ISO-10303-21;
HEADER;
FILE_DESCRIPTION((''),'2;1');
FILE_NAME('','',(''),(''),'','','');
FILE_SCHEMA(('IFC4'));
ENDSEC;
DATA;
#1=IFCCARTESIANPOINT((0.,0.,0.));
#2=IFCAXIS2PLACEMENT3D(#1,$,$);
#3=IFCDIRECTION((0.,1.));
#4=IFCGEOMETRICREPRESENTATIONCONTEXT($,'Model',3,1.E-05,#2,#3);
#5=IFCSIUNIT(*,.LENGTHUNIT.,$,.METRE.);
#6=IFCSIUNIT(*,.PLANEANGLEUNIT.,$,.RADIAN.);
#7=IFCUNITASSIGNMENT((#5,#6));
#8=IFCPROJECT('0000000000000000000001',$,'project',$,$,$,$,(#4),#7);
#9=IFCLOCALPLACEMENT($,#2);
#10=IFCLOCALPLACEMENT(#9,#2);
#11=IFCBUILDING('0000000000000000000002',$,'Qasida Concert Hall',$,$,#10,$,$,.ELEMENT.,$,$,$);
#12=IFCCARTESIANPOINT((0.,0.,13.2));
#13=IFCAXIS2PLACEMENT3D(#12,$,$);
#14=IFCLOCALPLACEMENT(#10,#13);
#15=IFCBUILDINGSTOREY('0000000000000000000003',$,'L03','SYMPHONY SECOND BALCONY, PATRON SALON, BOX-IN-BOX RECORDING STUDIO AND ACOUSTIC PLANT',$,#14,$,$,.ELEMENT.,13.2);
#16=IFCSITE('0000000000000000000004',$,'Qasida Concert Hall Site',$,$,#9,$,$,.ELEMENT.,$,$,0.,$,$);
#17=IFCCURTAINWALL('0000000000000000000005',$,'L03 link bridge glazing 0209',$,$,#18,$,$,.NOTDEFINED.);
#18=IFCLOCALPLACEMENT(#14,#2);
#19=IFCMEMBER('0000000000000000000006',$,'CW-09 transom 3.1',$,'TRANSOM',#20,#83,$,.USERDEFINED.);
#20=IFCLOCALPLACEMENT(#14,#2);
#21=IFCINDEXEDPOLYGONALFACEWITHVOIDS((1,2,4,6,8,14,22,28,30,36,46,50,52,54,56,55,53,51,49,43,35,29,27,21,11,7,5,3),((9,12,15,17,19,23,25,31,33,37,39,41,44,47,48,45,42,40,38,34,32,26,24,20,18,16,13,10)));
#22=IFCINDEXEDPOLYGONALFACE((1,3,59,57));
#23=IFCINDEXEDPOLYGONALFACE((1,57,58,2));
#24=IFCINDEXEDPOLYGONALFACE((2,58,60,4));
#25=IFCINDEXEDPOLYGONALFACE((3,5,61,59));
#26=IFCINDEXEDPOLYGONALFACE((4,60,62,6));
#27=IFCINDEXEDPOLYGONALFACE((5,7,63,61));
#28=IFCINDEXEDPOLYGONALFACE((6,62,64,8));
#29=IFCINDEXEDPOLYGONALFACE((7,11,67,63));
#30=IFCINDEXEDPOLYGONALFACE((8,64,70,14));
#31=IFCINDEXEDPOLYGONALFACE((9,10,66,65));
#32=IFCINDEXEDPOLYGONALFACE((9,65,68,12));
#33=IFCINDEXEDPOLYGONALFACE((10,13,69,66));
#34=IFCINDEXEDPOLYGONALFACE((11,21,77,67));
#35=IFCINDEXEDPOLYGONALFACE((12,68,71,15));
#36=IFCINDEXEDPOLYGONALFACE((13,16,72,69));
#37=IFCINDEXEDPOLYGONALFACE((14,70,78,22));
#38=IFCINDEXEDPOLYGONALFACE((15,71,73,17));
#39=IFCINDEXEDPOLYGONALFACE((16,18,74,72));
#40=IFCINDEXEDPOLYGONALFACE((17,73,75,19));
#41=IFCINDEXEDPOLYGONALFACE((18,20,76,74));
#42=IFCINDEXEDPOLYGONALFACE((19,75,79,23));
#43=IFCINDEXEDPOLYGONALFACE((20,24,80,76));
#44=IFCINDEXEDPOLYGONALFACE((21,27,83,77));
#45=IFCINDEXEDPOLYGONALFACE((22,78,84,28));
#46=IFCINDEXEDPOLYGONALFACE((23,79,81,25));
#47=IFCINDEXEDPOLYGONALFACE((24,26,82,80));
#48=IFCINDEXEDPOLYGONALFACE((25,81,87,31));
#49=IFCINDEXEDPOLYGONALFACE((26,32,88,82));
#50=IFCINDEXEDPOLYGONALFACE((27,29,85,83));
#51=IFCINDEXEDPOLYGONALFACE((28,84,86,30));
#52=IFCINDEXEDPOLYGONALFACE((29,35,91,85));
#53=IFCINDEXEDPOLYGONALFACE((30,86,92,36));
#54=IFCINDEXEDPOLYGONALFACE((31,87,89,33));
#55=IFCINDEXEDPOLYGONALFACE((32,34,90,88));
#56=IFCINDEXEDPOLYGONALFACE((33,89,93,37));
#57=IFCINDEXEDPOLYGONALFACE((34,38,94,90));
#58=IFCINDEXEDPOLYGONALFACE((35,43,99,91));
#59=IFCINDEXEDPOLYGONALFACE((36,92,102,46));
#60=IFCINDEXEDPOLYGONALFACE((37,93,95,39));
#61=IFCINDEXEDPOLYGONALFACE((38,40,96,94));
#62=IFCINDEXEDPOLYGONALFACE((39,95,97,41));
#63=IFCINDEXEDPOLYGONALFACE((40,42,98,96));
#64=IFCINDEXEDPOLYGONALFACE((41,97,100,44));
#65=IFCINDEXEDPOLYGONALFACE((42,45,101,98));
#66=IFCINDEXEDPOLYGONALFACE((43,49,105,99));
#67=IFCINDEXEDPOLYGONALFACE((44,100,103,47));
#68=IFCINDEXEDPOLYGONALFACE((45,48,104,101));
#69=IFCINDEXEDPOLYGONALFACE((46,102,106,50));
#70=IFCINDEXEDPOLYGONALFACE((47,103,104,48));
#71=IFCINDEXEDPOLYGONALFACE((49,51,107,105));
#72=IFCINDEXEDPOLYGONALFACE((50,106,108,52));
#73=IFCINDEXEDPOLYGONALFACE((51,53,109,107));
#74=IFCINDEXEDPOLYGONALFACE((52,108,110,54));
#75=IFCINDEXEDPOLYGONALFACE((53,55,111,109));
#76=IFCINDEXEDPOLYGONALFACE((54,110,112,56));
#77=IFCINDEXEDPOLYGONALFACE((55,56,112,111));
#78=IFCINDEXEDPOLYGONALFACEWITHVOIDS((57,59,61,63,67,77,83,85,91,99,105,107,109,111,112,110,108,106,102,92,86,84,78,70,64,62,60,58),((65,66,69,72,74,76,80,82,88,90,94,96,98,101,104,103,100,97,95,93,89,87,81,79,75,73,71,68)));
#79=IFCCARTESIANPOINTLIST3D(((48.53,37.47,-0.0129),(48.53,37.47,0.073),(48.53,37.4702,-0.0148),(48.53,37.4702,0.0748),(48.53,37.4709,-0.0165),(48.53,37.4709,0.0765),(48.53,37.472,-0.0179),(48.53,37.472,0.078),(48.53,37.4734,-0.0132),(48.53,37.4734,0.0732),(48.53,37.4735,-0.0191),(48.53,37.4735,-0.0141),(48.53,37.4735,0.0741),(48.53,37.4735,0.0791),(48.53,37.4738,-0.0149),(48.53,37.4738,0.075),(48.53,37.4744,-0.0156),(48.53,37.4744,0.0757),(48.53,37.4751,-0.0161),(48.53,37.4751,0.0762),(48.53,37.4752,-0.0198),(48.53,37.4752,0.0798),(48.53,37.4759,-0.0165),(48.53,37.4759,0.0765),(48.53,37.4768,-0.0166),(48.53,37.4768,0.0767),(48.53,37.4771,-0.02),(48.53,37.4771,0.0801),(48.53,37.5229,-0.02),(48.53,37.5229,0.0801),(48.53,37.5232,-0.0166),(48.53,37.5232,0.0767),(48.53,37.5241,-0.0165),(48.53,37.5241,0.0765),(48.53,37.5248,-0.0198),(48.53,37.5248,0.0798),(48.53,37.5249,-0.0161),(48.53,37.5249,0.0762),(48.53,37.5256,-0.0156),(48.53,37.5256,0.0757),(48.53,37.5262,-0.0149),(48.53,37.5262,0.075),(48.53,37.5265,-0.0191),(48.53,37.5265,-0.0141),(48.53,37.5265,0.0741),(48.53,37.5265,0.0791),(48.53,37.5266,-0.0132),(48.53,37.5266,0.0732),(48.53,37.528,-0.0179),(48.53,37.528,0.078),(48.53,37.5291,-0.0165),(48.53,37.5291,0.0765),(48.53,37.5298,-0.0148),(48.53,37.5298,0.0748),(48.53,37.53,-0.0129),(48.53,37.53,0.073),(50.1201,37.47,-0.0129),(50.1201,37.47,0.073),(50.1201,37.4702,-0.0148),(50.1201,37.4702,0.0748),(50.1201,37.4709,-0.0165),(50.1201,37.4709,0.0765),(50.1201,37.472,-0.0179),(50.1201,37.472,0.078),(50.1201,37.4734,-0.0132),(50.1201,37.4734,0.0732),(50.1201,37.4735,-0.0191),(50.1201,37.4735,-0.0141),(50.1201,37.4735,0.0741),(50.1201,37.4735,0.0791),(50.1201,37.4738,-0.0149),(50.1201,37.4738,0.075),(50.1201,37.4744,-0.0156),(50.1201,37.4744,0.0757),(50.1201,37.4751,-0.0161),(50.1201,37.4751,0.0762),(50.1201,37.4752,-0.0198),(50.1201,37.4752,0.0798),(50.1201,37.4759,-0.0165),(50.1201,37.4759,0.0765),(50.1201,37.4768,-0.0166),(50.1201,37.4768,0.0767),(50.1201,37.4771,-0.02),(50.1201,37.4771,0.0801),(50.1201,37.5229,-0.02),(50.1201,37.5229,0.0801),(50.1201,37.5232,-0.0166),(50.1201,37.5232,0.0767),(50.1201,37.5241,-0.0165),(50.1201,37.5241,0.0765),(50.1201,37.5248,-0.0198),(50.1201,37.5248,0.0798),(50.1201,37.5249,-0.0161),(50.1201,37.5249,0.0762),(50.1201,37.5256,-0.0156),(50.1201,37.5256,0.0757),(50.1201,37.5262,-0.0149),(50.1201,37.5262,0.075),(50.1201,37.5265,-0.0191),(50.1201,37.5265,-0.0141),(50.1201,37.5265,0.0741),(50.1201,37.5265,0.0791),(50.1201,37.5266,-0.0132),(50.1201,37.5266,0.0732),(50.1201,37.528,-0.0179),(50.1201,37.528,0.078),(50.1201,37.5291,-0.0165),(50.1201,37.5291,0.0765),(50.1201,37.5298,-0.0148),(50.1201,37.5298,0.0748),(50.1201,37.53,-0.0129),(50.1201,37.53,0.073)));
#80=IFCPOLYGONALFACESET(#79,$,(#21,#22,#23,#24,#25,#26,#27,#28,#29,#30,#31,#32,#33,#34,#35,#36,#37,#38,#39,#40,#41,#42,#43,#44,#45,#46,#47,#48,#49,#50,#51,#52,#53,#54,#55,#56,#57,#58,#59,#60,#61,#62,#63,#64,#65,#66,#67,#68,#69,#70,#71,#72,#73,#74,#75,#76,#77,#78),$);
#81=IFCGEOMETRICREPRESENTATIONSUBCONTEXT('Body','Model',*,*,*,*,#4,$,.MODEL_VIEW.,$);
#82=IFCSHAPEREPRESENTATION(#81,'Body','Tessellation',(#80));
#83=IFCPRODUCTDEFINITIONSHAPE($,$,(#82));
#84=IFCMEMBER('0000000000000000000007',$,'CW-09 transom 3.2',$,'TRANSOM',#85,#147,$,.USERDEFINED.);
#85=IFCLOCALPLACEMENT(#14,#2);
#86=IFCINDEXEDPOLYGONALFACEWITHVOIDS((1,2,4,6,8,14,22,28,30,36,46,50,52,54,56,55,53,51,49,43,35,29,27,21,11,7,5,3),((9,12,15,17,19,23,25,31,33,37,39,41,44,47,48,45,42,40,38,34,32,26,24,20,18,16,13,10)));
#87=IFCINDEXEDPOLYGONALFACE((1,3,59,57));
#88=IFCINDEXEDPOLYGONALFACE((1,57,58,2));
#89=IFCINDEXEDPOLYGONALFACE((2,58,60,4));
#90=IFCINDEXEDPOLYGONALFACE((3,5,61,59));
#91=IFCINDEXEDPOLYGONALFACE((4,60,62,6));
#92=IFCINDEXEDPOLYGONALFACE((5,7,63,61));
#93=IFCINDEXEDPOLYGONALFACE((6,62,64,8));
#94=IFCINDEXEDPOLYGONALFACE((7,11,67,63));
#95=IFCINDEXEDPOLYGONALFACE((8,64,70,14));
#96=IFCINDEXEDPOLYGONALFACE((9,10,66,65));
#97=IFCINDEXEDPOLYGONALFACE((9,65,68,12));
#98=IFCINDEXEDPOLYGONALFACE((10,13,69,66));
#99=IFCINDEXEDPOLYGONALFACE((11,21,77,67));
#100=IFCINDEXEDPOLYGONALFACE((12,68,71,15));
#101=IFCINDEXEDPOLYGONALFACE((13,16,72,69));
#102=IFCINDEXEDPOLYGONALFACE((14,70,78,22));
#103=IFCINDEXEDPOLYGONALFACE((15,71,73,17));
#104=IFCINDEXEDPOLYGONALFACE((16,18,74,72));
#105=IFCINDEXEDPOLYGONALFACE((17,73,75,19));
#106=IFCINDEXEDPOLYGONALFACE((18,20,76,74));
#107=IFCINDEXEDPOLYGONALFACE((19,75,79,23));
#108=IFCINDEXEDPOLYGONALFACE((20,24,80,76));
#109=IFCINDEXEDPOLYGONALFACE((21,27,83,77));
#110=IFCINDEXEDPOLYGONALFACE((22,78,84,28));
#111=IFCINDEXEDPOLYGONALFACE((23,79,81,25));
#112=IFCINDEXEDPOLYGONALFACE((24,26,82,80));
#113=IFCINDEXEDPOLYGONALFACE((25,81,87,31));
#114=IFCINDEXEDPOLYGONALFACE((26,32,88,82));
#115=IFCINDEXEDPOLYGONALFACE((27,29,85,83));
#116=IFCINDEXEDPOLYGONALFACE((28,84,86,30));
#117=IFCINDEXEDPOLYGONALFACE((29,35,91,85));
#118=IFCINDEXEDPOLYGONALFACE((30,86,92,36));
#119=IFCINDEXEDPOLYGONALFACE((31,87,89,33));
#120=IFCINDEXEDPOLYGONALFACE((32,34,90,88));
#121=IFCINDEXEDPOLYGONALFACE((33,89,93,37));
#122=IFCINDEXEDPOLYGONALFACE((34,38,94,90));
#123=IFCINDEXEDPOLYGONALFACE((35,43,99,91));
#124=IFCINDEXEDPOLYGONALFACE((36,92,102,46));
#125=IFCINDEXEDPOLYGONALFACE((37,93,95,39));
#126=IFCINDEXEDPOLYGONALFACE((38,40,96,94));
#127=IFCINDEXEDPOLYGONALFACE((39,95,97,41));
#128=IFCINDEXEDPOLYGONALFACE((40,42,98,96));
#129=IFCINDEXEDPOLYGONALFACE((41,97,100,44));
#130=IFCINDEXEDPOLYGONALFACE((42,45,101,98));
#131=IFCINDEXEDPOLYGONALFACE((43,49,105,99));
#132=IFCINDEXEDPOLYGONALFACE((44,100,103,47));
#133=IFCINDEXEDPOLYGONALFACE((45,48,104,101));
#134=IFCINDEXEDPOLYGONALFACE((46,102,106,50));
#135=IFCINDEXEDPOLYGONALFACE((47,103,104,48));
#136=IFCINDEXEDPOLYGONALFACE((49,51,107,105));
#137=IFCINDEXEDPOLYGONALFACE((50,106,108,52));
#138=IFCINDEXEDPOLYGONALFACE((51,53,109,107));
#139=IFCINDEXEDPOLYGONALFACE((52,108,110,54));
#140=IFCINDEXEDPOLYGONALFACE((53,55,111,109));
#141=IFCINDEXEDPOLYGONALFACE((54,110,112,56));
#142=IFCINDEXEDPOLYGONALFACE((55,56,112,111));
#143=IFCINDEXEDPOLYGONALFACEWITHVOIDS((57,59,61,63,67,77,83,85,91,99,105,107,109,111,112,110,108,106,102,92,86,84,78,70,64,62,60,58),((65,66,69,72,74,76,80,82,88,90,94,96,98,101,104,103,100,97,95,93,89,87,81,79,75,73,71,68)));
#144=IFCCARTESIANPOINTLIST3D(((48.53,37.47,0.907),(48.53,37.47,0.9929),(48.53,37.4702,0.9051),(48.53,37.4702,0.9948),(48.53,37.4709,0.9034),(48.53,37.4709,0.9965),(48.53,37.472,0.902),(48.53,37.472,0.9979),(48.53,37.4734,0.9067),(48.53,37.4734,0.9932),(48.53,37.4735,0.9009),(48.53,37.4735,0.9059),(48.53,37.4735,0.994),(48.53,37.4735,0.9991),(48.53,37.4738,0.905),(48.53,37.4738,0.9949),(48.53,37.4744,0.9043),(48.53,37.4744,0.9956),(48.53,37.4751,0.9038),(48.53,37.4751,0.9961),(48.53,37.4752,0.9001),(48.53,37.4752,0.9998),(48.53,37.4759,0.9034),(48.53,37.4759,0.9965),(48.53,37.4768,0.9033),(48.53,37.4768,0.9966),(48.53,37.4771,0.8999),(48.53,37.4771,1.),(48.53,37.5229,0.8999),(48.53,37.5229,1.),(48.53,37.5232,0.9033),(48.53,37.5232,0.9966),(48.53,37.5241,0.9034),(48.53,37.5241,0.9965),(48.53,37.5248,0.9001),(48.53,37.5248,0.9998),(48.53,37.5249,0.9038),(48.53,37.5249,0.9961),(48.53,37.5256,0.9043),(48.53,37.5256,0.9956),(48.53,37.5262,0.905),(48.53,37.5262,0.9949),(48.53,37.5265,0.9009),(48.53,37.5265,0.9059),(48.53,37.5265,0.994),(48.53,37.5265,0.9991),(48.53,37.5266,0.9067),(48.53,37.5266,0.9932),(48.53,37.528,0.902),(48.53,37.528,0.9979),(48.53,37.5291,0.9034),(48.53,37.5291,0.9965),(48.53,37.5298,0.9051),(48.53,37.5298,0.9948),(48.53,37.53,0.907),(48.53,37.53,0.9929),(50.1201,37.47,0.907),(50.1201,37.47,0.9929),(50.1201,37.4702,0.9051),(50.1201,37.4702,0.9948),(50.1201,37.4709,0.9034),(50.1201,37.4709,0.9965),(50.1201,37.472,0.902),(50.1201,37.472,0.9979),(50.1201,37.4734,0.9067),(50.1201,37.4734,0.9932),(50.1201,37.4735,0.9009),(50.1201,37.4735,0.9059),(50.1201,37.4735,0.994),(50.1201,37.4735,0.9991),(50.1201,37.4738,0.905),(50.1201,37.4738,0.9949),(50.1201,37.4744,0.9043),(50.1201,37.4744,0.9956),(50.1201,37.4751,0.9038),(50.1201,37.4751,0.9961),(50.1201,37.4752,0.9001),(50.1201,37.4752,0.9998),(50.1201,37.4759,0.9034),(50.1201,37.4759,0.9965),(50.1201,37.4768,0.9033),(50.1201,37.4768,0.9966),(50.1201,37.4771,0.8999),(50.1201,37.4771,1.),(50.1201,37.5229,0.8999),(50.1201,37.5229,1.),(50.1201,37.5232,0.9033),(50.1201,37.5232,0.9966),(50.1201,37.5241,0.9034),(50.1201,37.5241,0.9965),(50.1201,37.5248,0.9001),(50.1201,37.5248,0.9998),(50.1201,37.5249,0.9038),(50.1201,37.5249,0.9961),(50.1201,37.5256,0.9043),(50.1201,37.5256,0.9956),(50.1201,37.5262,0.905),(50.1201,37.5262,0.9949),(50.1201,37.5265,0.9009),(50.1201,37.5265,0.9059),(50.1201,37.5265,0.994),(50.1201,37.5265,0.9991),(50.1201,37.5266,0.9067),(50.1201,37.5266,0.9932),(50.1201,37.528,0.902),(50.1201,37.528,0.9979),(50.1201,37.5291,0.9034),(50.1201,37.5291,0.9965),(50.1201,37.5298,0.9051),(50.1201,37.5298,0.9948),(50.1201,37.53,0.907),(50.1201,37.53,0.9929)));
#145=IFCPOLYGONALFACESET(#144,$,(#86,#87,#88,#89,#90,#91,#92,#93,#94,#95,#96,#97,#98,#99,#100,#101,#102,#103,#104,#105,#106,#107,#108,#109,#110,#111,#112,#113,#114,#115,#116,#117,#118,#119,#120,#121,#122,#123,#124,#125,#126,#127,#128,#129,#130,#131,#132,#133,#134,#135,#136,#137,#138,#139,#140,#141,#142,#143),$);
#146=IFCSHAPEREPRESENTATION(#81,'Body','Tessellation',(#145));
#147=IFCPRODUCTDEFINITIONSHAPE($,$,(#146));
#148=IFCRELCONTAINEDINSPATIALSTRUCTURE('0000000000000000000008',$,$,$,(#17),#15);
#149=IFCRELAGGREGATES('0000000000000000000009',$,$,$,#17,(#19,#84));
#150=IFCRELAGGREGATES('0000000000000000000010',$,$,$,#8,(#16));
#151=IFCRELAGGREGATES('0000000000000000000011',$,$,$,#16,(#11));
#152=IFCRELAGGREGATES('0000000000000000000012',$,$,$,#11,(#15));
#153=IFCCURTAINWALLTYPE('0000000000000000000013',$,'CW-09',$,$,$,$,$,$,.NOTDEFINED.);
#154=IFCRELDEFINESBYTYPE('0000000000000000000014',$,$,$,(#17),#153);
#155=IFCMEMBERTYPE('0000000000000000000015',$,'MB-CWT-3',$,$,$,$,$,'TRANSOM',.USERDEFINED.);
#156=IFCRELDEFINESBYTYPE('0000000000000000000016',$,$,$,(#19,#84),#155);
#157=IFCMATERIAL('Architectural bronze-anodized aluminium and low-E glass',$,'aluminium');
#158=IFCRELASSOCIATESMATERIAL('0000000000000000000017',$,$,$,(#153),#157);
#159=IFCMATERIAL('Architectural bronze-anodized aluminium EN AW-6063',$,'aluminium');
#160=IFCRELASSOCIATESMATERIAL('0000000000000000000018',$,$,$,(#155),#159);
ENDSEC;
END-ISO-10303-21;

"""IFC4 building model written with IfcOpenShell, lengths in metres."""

from ifc_helpers import new_model, si_unit, direction, frame, origin, origin_2d, place, context, subcontext, project, spatial, hollow_rectangle, extrude, material, material_profile, profile_set, type_object, element, aggregate, save


model = new_model("IFC4")

# Units and contexts
model_context = context("Model", 3, precision=1e-05, world=origin(), true_north=direction((0.0, 1.0)))
body_context = subcontext(model_context, "Body", "Model", "MODEL_VIEW")
ifc_project = project(units=[si_unit("LENGTHUNIT", "METRE"), si_unit("PLANEANGLEUNIT", "RADIAN")], contexts=[model_context])

# Site, building, storey
site_placement = place(None, origin())
site = spatial("IfcSite", under=ifc_project, at=site_placement, Name="Qasida Concert Hall Site", CompositionType="ELEMENT", RefElevation=0.0)
building_placement = place(site_placement, origin())
building = spatial("IfcBuilding", under=site, at=building_placement, Name="Qasida Concert Hall", CompositionType="ELEMENT")
storey_placement = place(building_placement, frame((0.0, 0.0, 13.2)))
storey = spatial("IfcBuildingStorey", under=building, at=storey_placement, Name="L03", Description="SYMPHONY SECOND BALCONY, PATRON SALON, BOX-IN-BOX RECORDING STUDIO AND ACOUSTIC PLANT", CompositionType="ELEMENT", Elevation=13.2)

# Curtain wall, members
ifc_material_1 = material(Name="Architectural bronze-anodized aluminium and low-E glass", Category="aluminium")
curtain_wall_type = type_object("IfcCurtainWallType", Name="CW-09", PredefinedType="NOTDEFINED", material=ifc_material_1)
curtain_wall_placement = place(storey_placement, origin())
curtain_wall = element("IfcCurtainWall", 1, at=curtain_wall_placement, inside=storey, type_object=curtain_wall_type, Name="L03 link bridge glazing 0209", PredefinedType="NOTDEFINED")
ifc_material_2 = material(Name="Architectural bronze-anodized aluminium EN AW-6063", Category="aluminium")
ifc_material_profile_1 = material_profile(ifc_material_2, hollow_rectangle(XDim=0.0601, YDim=0.1001, WallThickness=0.0034, InnerFilletRadius=0.0034, OuterFilletRadius=0.0071, at=origin_2d()), Name="CWT 100x60x3.5")
ifc_profile_set_1 = profile_set([ifc_material_profile_1], Name="Architectural bronze-anodized aluminium EN AW-6063")
member_type_1 = type_object("IfcMemberType", Name="MB-CWT-3", ElementType="TRANSOM", PredefinedType="USERDEFINED", material=ifc_profile_set_1)
member_1_placement = place(storey_placement, frame((48.53, 37.5, 0.03), z_axis=(1.0, 0.0, 0.0), x_axis=(0.0, 1.0, 0.0)))
member_1 = element("IfcMember", 2, at=member_1_placement, type_object=member_type_1, Name="CW-09 transom 3.1", ObjectType="TRANSOM", PredefinedType="USERDEFINED", context=body_context, shape_type="SweptSolid", body=[
    extrude(hollow_rectangle(XDim=0.0601, YDim=0.1001, WallThickness=0.0034, InnerFilletRadius=0.0034, OuterFilletRadius=0.0071, at=origin_2d()), origin(), (0.0, 0.0, 1.0), 1.5901),
])
member_2_placement = place(storey_placement, frame((48.53, 37.5, 0.95), z_axis=(1.0, 0.0, 0.0), x_axis=(0.0, 1.0, 0.0)))
member_2 = element("IfcMember", 3, at=member_2_placement, type_object=member_type_1, Name="CW-09 transom 3.2", ObjectType="TRANSOM", PredefinedType="USERDEFINED", context=body_context, shape_type="SweptSolid", body=[
    extrude(hollow_rectangle(XDim=0.0601, YDim=0.1001, WallThickness=0.0034, InnerFilletRadius=0.0034, OuterFilletRadius=0.0071, at=origin_2d()), origin(), (0.0, 0.0, 1.0), 1.5901),
])
aggregate(curtain_wall, [member_1, member_2])

save(model, "model.ifc")
